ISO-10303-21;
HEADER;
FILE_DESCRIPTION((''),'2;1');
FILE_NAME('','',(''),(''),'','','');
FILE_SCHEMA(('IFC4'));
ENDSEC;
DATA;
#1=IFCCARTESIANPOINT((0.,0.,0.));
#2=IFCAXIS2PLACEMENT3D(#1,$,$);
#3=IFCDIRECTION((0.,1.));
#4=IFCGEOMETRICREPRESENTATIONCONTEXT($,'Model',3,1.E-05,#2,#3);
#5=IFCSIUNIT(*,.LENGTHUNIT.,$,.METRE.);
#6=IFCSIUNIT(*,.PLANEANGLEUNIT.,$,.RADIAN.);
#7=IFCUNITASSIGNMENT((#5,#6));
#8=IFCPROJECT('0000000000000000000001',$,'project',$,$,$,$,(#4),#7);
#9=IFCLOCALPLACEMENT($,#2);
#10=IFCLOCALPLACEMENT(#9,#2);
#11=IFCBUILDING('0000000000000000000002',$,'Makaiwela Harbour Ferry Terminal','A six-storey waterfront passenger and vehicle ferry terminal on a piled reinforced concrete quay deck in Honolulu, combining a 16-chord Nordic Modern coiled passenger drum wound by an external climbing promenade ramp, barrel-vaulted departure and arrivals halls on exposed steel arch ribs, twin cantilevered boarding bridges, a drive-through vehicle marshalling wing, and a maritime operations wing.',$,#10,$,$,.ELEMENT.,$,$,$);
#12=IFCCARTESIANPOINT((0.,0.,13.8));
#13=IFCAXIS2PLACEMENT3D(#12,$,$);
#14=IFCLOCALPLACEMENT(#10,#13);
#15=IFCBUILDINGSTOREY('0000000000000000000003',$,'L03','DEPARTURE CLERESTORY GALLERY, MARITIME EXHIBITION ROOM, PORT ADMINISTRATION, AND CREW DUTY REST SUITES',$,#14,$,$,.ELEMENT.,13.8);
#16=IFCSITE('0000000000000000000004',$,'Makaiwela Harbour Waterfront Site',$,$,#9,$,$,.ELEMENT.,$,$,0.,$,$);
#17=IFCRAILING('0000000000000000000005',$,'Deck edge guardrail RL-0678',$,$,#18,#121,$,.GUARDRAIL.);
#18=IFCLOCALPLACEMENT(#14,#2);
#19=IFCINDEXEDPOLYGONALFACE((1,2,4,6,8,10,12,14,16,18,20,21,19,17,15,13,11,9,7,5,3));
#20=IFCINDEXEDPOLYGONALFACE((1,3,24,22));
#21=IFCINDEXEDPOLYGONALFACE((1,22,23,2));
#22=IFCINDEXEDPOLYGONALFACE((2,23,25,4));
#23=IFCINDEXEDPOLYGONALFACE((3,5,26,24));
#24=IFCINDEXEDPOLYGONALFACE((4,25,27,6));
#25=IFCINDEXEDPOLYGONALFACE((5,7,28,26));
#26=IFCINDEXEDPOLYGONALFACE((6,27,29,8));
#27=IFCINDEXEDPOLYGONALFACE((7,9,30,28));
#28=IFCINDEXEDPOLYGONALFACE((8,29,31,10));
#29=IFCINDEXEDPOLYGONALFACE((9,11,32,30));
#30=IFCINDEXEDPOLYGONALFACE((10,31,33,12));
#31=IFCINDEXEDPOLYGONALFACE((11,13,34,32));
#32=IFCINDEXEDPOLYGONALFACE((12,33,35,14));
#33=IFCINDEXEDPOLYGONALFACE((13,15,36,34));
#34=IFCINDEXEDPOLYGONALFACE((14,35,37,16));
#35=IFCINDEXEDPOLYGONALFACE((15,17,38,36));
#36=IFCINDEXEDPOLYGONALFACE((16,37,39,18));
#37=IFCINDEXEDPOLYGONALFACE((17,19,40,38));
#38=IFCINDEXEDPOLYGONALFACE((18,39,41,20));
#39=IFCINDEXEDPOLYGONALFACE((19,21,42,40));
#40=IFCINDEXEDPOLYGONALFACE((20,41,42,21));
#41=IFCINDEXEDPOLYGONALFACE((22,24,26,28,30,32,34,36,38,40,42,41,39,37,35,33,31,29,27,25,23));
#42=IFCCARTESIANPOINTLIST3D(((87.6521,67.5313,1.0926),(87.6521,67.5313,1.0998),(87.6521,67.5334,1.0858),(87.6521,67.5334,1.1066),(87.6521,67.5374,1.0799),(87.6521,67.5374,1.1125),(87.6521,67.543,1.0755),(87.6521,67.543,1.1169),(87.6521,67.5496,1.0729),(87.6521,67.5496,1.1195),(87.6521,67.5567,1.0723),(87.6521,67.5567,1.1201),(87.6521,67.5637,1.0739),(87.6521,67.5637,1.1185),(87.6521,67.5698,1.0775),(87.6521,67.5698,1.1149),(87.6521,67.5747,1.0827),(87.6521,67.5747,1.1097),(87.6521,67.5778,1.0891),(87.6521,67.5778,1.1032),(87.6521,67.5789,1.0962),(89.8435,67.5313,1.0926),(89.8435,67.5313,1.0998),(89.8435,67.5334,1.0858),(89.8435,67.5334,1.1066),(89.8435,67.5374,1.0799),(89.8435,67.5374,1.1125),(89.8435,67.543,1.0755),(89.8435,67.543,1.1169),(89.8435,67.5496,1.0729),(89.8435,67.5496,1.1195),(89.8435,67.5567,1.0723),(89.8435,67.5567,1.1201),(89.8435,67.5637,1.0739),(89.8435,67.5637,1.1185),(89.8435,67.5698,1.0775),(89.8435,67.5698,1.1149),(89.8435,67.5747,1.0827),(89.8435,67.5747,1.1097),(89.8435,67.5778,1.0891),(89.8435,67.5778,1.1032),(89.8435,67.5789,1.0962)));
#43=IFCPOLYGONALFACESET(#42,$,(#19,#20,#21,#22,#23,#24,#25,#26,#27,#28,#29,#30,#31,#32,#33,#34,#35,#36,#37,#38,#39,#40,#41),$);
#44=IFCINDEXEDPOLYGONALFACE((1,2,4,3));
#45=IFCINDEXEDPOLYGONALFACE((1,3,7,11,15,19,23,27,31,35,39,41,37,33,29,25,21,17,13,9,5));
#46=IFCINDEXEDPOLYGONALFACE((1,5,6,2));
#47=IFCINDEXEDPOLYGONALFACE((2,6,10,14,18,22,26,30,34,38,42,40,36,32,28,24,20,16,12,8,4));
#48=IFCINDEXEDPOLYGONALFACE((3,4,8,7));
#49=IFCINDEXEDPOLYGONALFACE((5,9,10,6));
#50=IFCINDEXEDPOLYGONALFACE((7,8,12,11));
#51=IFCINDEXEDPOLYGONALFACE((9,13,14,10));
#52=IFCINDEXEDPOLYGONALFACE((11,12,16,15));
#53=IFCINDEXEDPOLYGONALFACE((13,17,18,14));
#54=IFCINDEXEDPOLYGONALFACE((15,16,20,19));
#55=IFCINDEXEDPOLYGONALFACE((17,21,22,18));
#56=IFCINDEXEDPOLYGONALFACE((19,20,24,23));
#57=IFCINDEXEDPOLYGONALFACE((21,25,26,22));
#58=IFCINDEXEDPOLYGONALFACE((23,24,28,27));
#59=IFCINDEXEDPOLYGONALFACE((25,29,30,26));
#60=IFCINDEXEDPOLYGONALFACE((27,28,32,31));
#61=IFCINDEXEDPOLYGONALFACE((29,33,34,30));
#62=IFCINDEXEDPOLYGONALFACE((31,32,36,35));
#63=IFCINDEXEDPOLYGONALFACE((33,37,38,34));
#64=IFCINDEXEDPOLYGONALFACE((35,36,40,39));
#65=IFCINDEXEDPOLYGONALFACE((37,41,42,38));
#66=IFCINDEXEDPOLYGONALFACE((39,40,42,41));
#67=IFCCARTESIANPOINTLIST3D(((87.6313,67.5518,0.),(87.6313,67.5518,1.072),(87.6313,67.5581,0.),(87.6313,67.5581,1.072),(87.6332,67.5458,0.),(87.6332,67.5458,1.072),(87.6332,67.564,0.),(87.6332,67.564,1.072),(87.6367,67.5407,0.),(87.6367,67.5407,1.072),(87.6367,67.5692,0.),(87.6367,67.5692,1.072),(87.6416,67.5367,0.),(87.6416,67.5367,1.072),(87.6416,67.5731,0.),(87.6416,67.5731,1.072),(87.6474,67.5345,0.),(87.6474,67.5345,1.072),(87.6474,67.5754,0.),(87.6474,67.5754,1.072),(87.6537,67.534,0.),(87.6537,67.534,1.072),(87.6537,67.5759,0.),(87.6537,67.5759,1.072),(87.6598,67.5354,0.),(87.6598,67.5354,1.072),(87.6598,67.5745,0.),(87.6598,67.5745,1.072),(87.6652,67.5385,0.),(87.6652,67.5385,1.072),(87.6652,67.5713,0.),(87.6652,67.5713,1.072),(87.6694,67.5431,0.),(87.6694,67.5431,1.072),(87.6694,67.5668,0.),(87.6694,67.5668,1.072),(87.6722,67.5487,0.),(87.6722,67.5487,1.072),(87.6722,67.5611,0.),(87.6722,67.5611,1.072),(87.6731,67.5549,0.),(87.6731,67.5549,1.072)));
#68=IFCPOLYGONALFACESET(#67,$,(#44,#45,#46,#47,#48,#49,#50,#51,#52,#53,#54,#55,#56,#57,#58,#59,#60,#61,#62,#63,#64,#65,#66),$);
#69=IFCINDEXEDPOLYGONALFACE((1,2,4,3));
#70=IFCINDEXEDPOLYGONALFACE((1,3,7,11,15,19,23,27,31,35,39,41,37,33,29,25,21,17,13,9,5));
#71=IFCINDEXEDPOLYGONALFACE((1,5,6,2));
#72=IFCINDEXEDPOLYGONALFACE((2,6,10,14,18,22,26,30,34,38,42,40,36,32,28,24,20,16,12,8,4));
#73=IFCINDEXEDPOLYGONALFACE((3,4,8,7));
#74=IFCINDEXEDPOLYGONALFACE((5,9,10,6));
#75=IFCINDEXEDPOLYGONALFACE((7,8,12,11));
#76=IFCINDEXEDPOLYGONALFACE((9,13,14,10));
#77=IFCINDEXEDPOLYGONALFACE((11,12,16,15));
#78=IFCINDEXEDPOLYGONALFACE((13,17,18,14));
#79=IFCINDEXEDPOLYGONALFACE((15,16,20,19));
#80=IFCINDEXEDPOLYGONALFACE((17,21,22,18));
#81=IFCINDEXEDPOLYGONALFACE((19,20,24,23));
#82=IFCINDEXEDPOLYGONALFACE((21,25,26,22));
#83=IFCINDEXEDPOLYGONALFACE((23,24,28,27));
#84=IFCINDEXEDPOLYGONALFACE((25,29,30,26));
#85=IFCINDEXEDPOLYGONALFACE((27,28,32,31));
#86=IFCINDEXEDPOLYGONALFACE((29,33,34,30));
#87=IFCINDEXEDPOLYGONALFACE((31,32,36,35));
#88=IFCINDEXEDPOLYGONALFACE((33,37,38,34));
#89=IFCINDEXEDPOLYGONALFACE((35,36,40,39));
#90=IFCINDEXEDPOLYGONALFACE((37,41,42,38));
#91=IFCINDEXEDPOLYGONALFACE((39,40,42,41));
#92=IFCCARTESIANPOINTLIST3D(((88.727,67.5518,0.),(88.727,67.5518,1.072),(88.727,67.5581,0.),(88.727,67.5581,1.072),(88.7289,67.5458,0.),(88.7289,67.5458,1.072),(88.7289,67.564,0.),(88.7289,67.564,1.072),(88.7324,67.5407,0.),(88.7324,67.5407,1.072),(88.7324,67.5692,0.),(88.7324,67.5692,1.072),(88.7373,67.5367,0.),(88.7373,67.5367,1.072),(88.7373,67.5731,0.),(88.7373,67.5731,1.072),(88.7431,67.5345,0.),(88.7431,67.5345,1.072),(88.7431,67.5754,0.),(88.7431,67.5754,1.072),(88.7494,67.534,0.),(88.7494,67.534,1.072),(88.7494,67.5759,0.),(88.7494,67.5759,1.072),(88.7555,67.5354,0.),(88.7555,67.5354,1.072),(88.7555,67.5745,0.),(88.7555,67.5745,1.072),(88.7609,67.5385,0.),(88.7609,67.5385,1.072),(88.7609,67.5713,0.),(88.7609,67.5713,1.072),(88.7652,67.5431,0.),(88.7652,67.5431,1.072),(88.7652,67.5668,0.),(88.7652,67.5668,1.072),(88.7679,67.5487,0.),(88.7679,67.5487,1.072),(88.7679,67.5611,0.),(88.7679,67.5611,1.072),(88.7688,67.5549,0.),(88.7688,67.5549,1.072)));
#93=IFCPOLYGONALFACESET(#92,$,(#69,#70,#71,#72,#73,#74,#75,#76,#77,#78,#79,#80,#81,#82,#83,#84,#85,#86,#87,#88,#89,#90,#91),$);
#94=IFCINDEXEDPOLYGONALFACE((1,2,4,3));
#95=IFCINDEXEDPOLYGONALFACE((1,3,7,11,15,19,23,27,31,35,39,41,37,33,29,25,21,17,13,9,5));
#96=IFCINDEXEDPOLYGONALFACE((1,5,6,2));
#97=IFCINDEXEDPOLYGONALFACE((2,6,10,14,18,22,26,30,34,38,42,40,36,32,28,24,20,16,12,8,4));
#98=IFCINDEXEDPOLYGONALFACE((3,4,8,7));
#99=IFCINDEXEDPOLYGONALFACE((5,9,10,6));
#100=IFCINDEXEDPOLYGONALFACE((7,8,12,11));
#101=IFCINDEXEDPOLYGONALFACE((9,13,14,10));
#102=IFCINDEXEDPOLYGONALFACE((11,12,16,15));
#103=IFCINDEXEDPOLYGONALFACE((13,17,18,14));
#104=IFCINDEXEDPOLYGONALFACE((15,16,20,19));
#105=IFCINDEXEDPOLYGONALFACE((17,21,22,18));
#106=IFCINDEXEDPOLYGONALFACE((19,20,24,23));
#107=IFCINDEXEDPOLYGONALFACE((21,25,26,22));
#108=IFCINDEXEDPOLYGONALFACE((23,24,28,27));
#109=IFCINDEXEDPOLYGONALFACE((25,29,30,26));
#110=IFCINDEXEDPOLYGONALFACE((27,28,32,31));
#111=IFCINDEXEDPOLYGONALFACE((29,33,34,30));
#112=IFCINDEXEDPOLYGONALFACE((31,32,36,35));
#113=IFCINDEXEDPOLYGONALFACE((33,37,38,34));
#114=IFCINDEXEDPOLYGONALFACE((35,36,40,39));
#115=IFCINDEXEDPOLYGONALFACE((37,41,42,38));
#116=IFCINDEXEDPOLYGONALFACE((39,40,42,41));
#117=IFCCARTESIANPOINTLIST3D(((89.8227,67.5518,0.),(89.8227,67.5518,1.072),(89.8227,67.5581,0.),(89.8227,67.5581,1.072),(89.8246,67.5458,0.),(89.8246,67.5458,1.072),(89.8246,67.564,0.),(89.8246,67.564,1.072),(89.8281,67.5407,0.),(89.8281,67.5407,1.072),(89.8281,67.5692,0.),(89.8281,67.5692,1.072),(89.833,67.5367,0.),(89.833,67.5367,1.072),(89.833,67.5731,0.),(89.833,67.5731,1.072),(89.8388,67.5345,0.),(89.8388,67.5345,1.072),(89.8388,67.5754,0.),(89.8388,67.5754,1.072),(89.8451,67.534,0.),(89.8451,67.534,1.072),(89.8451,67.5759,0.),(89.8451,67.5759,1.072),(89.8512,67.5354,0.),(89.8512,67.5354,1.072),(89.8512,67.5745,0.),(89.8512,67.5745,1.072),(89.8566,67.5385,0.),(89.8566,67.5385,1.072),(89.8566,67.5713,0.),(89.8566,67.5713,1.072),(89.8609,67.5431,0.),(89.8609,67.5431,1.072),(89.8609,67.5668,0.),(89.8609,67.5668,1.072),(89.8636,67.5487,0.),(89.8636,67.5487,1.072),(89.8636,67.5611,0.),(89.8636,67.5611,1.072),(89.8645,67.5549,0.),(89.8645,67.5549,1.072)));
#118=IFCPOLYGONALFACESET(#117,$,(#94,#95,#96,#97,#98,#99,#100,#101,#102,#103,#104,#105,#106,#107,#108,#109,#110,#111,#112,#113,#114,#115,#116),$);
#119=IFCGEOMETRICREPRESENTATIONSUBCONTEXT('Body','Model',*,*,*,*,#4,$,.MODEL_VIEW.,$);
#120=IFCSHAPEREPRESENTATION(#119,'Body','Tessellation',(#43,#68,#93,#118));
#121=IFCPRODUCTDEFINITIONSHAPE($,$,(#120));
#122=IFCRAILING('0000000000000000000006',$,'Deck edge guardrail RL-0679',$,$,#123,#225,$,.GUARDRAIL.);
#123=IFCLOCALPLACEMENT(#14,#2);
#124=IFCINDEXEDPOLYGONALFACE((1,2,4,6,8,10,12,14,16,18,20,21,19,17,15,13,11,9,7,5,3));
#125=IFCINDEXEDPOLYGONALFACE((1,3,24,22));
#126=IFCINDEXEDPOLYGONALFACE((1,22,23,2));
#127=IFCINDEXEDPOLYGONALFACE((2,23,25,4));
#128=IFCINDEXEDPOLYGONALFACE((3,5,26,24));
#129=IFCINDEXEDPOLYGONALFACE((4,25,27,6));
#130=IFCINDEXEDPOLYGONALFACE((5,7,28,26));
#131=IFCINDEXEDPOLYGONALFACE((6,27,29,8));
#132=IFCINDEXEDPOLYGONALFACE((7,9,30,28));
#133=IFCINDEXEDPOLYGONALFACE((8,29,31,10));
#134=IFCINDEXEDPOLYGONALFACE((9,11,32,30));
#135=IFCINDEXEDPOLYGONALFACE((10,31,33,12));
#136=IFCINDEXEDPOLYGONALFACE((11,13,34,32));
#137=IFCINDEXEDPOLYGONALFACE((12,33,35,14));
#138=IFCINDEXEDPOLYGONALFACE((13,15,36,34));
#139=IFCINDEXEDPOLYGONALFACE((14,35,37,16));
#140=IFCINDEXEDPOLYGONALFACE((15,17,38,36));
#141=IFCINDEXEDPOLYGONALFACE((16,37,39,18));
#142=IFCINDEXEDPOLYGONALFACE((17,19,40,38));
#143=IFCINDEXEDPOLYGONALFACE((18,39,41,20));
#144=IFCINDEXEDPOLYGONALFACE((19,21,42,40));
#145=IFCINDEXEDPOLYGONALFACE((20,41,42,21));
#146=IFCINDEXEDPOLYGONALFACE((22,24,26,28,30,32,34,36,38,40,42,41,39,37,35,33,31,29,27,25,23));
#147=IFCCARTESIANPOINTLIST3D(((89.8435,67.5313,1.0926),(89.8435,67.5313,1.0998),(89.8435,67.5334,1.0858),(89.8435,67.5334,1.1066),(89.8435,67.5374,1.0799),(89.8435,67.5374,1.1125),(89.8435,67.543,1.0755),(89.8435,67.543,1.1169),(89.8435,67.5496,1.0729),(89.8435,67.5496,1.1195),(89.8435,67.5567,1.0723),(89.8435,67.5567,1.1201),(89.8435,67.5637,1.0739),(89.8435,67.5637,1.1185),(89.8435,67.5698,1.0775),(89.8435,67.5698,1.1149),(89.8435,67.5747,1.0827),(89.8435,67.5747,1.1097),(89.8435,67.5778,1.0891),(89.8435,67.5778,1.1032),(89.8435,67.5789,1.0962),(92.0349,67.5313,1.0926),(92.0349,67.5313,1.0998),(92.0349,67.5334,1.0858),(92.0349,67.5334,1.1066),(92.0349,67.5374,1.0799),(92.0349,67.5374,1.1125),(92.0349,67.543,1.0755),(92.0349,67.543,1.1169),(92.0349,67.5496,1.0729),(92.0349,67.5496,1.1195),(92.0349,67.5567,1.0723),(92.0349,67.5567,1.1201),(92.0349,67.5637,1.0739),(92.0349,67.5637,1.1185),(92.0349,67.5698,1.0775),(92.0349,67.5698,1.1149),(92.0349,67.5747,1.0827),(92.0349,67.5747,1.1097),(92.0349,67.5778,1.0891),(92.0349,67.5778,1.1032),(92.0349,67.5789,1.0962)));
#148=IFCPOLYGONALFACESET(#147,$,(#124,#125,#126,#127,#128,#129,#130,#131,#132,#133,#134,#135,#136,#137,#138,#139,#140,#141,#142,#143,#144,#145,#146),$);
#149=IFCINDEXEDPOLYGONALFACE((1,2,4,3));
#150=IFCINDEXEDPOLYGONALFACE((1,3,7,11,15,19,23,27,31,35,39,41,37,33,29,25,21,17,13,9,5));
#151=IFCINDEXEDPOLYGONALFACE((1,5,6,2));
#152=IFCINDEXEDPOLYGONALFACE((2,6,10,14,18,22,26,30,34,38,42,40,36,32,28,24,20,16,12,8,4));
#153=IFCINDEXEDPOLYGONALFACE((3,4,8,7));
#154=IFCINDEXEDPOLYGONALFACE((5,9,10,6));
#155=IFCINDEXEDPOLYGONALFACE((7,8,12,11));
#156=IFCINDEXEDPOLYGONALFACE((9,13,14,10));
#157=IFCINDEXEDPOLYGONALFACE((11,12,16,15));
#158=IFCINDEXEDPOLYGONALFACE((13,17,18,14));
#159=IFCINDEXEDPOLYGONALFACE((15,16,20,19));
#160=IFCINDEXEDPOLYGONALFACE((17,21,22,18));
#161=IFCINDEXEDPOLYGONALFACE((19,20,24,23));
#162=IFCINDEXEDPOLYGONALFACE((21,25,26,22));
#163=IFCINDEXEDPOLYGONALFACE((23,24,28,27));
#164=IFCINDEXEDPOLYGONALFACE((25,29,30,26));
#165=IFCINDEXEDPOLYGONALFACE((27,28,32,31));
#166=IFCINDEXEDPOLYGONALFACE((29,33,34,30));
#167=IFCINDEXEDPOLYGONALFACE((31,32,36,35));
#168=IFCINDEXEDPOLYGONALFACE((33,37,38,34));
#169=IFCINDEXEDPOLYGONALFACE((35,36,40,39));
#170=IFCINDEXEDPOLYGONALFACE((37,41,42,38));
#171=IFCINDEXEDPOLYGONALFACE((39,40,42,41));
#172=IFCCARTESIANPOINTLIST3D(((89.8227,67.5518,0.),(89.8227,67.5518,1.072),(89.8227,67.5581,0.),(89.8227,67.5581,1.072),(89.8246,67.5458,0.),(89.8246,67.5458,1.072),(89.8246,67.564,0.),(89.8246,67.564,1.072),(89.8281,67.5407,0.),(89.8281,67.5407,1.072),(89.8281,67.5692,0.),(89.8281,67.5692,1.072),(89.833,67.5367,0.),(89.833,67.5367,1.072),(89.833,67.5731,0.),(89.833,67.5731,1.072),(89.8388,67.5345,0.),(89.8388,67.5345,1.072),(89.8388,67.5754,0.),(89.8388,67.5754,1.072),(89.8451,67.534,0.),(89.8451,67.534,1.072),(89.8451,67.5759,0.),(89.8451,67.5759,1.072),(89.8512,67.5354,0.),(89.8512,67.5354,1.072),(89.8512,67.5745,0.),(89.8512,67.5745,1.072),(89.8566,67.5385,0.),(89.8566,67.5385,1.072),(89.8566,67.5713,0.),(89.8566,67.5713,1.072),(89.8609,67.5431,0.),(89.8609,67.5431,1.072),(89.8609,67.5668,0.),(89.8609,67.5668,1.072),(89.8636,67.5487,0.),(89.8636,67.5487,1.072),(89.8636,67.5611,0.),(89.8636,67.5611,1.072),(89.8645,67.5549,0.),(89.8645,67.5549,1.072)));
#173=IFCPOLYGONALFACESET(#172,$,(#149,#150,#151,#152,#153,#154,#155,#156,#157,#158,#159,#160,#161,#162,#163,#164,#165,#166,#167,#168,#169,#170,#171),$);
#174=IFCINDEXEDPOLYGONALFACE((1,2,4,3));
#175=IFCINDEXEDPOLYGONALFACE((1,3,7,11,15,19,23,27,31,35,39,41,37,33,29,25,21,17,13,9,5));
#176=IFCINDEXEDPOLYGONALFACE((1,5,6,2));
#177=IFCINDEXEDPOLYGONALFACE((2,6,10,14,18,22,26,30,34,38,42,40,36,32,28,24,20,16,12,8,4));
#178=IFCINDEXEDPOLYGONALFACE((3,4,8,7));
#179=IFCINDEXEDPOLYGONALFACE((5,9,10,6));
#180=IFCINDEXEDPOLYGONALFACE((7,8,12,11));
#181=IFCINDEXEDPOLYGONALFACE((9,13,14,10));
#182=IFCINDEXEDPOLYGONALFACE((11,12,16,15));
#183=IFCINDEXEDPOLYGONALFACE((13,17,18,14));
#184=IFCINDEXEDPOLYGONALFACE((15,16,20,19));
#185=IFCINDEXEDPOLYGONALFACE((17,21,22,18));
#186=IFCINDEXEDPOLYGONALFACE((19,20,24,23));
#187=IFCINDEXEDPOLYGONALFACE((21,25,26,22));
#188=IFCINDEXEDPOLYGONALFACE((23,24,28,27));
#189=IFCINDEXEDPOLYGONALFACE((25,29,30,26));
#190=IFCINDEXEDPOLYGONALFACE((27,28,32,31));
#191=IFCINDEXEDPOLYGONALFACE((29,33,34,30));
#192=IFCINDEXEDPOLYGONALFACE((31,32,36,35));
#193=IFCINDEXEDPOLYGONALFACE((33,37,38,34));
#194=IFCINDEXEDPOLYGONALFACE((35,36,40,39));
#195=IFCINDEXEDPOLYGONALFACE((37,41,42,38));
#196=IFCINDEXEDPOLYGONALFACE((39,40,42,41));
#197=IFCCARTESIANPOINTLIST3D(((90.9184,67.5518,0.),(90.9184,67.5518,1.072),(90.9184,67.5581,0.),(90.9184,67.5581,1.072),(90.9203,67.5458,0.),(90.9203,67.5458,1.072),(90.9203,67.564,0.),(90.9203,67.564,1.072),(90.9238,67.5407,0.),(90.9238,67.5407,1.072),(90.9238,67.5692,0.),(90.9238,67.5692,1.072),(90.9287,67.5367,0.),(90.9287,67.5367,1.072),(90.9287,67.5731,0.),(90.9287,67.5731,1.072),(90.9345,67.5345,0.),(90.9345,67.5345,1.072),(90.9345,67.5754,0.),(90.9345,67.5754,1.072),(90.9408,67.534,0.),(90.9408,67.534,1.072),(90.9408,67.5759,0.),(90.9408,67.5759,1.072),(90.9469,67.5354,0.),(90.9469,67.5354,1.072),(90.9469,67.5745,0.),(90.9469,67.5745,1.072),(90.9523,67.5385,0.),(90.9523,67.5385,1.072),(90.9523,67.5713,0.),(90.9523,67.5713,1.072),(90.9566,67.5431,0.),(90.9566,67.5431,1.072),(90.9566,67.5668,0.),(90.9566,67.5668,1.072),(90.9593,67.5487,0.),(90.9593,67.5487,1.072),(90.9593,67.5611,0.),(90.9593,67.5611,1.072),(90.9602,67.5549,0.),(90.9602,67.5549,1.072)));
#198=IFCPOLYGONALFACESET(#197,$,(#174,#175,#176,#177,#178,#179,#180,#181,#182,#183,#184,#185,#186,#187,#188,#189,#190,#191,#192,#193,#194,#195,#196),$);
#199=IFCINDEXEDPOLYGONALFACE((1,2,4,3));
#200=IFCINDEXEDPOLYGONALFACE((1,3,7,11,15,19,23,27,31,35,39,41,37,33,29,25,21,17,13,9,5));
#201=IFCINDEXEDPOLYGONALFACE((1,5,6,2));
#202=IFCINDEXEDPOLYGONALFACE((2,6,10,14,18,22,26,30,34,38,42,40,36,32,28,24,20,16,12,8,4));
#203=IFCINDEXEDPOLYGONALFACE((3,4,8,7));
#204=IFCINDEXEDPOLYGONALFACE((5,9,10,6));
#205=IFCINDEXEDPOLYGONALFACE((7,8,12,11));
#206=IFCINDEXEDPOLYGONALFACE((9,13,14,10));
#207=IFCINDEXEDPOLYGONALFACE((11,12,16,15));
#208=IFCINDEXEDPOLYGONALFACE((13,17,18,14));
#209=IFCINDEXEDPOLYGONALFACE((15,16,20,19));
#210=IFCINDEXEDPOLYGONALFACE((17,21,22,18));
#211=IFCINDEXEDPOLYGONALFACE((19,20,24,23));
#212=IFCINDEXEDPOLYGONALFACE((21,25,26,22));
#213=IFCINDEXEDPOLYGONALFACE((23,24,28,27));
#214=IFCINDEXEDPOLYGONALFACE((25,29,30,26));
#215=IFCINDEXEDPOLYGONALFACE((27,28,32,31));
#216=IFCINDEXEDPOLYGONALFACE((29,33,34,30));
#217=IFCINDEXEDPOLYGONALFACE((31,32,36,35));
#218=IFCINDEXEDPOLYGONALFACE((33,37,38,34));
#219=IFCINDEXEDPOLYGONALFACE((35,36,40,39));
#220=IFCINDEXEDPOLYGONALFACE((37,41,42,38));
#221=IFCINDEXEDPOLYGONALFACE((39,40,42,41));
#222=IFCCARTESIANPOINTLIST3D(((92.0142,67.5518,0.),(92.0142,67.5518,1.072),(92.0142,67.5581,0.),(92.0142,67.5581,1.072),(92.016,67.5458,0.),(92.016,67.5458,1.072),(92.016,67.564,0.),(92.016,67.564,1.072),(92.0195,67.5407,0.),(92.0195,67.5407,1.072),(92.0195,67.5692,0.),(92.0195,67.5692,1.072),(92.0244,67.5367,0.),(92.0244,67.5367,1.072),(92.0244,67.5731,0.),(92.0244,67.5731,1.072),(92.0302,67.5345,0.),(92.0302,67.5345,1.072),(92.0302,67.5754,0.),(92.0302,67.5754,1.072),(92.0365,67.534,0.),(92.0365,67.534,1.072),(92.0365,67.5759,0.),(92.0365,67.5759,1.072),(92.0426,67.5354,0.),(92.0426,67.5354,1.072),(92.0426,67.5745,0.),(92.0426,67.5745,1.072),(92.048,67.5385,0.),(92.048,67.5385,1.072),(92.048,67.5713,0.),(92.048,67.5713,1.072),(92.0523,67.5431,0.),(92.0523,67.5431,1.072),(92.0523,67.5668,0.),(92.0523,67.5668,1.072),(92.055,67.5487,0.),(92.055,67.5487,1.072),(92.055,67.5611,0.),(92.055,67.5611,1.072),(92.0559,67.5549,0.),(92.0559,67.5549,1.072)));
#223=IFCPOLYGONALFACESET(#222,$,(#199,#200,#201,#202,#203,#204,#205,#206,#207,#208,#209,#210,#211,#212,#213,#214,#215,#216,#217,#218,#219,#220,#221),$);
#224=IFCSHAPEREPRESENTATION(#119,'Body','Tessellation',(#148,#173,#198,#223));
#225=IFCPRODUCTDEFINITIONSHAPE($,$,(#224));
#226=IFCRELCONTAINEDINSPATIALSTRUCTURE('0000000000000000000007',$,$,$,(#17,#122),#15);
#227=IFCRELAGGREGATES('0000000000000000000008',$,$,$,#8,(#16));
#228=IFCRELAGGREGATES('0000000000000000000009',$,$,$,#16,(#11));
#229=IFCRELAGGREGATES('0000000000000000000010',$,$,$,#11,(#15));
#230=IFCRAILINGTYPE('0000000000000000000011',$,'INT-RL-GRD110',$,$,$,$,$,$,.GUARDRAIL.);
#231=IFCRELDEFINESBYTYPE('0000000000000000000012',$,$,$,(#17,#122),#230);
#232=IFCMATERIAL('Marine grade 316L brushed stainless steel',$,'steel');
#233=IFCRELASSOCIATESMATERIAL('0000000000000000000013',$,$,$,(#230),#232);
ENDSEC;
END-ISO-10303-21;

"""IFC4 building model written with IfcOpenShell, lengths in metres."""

from ifc_helpers import new_model, si_unit, direction, frame, origin, origin_2d, place, context, subcontext, project, spatial, circle, extrude, material, type_object, element, save


model = new_model("IFC4")

# Units and contexts
model_context = context("Model", 3, precision=1e-05, world=origin(), true_north=direction((0.0, 1.0)))
body_context = subcontext(model_context, "Body", "Model", "MODEL_VIEW")
ifc_project = project(units=[si_unit("LENGTHUNIT", "METRE"), si_unit("PLANEANGLEUNIT", "RADIAN")], contexts=[model_context])

# Site, building, storey
site_placement = place(None, origin())
site = spatial("IfcSite", under=ifc_project, at=site_placement, Name="Makaiwela Harbour Waterfront Site", CompositionType="ELEMENT", RefElevation=0.0)
building_placement = place(site_placement, origin())
building = spatial("IfcBuilding", under=site, at=building_placement, Name="Makaiwela Harbour Ferry Terminal", Description="A six-storey waterfront passenger and vehicle ferry terminal on a piled reinforced concrete quay deck in Honolulu, combining a 16-chord Nordic Modern coiled passenger drum wound by an external climbing promenade ramp, barrel-vaulted departure and arrivals halls on exposed steel arch ribs, twin cantilevered boarding bridges, a drive-through vehicle marshalling wing, and a maritime operations wing.", CompositionType="ELEMENT")
storey_placement = place(building_placement, frame((0.0, 0.0, 13.8)))
storey = spatial("IfcBuildingStorey", under=building, at=storey_placement, Name="L03", Description="DEPARTURE CLERESTORY GALLERY, MARITIME EXHIBITION ROOM, PORT ADMINISTRATION, AND CREW DUTY REST SUITES", CompositionType="ELEMENT", Elevation=13.8)

# Railings
ifc_material_1 = material(Name="Marine grade 316L brushed stainless steel", Category="steel")
railing_type = type_object("IfcRailingType", Name="INT-RL-GRD110", PredefinedType="GUARDRAIL", material=ifc_material_1)
for number, where, name in (
    (1, (87.6521, 67.5549, 0.0), "Deck edge guardrail RL-0678"),
    (2, (89.8435, 67.5549, 0.0), "Deck edge guardrail RL-0679"),
):
    element("IfcRailing", number, at=place(storey_placement, frame(where)), inside=storey, type_object=railing_type, Name=name, PredefinedType="GUARDRAIL", context=body_context, shape_type="SweptSolid", body=[
        extrude(circle(Radius=0.0239, at=origin_2d()), frame((0.0, 0.0, 1.0962), z_axis=(1.0, 0.0, 0.0), x_axis=(0.0, 1.0, 0.0)), (0.0, 0.0, 1.0), 2.1914),
        extrude(circle(Radius=0.021, at=origin_2d()), origin(), (0.0, 0.0, 1.0), 1.072),
        extrude(circle(Radius=0.021, at=origin_2d()), frame((1.0957, 0.0, 0.0)), (0.0, 0.0, 1.0), 1.072),
        extrude(circle(Radius=0.021, at=origin_2d()), frame((2.1914, 0.0, 0.0)), (0.0, 0.0, 1.0), 1.072),
    ])

save(model, "model.ifc")
